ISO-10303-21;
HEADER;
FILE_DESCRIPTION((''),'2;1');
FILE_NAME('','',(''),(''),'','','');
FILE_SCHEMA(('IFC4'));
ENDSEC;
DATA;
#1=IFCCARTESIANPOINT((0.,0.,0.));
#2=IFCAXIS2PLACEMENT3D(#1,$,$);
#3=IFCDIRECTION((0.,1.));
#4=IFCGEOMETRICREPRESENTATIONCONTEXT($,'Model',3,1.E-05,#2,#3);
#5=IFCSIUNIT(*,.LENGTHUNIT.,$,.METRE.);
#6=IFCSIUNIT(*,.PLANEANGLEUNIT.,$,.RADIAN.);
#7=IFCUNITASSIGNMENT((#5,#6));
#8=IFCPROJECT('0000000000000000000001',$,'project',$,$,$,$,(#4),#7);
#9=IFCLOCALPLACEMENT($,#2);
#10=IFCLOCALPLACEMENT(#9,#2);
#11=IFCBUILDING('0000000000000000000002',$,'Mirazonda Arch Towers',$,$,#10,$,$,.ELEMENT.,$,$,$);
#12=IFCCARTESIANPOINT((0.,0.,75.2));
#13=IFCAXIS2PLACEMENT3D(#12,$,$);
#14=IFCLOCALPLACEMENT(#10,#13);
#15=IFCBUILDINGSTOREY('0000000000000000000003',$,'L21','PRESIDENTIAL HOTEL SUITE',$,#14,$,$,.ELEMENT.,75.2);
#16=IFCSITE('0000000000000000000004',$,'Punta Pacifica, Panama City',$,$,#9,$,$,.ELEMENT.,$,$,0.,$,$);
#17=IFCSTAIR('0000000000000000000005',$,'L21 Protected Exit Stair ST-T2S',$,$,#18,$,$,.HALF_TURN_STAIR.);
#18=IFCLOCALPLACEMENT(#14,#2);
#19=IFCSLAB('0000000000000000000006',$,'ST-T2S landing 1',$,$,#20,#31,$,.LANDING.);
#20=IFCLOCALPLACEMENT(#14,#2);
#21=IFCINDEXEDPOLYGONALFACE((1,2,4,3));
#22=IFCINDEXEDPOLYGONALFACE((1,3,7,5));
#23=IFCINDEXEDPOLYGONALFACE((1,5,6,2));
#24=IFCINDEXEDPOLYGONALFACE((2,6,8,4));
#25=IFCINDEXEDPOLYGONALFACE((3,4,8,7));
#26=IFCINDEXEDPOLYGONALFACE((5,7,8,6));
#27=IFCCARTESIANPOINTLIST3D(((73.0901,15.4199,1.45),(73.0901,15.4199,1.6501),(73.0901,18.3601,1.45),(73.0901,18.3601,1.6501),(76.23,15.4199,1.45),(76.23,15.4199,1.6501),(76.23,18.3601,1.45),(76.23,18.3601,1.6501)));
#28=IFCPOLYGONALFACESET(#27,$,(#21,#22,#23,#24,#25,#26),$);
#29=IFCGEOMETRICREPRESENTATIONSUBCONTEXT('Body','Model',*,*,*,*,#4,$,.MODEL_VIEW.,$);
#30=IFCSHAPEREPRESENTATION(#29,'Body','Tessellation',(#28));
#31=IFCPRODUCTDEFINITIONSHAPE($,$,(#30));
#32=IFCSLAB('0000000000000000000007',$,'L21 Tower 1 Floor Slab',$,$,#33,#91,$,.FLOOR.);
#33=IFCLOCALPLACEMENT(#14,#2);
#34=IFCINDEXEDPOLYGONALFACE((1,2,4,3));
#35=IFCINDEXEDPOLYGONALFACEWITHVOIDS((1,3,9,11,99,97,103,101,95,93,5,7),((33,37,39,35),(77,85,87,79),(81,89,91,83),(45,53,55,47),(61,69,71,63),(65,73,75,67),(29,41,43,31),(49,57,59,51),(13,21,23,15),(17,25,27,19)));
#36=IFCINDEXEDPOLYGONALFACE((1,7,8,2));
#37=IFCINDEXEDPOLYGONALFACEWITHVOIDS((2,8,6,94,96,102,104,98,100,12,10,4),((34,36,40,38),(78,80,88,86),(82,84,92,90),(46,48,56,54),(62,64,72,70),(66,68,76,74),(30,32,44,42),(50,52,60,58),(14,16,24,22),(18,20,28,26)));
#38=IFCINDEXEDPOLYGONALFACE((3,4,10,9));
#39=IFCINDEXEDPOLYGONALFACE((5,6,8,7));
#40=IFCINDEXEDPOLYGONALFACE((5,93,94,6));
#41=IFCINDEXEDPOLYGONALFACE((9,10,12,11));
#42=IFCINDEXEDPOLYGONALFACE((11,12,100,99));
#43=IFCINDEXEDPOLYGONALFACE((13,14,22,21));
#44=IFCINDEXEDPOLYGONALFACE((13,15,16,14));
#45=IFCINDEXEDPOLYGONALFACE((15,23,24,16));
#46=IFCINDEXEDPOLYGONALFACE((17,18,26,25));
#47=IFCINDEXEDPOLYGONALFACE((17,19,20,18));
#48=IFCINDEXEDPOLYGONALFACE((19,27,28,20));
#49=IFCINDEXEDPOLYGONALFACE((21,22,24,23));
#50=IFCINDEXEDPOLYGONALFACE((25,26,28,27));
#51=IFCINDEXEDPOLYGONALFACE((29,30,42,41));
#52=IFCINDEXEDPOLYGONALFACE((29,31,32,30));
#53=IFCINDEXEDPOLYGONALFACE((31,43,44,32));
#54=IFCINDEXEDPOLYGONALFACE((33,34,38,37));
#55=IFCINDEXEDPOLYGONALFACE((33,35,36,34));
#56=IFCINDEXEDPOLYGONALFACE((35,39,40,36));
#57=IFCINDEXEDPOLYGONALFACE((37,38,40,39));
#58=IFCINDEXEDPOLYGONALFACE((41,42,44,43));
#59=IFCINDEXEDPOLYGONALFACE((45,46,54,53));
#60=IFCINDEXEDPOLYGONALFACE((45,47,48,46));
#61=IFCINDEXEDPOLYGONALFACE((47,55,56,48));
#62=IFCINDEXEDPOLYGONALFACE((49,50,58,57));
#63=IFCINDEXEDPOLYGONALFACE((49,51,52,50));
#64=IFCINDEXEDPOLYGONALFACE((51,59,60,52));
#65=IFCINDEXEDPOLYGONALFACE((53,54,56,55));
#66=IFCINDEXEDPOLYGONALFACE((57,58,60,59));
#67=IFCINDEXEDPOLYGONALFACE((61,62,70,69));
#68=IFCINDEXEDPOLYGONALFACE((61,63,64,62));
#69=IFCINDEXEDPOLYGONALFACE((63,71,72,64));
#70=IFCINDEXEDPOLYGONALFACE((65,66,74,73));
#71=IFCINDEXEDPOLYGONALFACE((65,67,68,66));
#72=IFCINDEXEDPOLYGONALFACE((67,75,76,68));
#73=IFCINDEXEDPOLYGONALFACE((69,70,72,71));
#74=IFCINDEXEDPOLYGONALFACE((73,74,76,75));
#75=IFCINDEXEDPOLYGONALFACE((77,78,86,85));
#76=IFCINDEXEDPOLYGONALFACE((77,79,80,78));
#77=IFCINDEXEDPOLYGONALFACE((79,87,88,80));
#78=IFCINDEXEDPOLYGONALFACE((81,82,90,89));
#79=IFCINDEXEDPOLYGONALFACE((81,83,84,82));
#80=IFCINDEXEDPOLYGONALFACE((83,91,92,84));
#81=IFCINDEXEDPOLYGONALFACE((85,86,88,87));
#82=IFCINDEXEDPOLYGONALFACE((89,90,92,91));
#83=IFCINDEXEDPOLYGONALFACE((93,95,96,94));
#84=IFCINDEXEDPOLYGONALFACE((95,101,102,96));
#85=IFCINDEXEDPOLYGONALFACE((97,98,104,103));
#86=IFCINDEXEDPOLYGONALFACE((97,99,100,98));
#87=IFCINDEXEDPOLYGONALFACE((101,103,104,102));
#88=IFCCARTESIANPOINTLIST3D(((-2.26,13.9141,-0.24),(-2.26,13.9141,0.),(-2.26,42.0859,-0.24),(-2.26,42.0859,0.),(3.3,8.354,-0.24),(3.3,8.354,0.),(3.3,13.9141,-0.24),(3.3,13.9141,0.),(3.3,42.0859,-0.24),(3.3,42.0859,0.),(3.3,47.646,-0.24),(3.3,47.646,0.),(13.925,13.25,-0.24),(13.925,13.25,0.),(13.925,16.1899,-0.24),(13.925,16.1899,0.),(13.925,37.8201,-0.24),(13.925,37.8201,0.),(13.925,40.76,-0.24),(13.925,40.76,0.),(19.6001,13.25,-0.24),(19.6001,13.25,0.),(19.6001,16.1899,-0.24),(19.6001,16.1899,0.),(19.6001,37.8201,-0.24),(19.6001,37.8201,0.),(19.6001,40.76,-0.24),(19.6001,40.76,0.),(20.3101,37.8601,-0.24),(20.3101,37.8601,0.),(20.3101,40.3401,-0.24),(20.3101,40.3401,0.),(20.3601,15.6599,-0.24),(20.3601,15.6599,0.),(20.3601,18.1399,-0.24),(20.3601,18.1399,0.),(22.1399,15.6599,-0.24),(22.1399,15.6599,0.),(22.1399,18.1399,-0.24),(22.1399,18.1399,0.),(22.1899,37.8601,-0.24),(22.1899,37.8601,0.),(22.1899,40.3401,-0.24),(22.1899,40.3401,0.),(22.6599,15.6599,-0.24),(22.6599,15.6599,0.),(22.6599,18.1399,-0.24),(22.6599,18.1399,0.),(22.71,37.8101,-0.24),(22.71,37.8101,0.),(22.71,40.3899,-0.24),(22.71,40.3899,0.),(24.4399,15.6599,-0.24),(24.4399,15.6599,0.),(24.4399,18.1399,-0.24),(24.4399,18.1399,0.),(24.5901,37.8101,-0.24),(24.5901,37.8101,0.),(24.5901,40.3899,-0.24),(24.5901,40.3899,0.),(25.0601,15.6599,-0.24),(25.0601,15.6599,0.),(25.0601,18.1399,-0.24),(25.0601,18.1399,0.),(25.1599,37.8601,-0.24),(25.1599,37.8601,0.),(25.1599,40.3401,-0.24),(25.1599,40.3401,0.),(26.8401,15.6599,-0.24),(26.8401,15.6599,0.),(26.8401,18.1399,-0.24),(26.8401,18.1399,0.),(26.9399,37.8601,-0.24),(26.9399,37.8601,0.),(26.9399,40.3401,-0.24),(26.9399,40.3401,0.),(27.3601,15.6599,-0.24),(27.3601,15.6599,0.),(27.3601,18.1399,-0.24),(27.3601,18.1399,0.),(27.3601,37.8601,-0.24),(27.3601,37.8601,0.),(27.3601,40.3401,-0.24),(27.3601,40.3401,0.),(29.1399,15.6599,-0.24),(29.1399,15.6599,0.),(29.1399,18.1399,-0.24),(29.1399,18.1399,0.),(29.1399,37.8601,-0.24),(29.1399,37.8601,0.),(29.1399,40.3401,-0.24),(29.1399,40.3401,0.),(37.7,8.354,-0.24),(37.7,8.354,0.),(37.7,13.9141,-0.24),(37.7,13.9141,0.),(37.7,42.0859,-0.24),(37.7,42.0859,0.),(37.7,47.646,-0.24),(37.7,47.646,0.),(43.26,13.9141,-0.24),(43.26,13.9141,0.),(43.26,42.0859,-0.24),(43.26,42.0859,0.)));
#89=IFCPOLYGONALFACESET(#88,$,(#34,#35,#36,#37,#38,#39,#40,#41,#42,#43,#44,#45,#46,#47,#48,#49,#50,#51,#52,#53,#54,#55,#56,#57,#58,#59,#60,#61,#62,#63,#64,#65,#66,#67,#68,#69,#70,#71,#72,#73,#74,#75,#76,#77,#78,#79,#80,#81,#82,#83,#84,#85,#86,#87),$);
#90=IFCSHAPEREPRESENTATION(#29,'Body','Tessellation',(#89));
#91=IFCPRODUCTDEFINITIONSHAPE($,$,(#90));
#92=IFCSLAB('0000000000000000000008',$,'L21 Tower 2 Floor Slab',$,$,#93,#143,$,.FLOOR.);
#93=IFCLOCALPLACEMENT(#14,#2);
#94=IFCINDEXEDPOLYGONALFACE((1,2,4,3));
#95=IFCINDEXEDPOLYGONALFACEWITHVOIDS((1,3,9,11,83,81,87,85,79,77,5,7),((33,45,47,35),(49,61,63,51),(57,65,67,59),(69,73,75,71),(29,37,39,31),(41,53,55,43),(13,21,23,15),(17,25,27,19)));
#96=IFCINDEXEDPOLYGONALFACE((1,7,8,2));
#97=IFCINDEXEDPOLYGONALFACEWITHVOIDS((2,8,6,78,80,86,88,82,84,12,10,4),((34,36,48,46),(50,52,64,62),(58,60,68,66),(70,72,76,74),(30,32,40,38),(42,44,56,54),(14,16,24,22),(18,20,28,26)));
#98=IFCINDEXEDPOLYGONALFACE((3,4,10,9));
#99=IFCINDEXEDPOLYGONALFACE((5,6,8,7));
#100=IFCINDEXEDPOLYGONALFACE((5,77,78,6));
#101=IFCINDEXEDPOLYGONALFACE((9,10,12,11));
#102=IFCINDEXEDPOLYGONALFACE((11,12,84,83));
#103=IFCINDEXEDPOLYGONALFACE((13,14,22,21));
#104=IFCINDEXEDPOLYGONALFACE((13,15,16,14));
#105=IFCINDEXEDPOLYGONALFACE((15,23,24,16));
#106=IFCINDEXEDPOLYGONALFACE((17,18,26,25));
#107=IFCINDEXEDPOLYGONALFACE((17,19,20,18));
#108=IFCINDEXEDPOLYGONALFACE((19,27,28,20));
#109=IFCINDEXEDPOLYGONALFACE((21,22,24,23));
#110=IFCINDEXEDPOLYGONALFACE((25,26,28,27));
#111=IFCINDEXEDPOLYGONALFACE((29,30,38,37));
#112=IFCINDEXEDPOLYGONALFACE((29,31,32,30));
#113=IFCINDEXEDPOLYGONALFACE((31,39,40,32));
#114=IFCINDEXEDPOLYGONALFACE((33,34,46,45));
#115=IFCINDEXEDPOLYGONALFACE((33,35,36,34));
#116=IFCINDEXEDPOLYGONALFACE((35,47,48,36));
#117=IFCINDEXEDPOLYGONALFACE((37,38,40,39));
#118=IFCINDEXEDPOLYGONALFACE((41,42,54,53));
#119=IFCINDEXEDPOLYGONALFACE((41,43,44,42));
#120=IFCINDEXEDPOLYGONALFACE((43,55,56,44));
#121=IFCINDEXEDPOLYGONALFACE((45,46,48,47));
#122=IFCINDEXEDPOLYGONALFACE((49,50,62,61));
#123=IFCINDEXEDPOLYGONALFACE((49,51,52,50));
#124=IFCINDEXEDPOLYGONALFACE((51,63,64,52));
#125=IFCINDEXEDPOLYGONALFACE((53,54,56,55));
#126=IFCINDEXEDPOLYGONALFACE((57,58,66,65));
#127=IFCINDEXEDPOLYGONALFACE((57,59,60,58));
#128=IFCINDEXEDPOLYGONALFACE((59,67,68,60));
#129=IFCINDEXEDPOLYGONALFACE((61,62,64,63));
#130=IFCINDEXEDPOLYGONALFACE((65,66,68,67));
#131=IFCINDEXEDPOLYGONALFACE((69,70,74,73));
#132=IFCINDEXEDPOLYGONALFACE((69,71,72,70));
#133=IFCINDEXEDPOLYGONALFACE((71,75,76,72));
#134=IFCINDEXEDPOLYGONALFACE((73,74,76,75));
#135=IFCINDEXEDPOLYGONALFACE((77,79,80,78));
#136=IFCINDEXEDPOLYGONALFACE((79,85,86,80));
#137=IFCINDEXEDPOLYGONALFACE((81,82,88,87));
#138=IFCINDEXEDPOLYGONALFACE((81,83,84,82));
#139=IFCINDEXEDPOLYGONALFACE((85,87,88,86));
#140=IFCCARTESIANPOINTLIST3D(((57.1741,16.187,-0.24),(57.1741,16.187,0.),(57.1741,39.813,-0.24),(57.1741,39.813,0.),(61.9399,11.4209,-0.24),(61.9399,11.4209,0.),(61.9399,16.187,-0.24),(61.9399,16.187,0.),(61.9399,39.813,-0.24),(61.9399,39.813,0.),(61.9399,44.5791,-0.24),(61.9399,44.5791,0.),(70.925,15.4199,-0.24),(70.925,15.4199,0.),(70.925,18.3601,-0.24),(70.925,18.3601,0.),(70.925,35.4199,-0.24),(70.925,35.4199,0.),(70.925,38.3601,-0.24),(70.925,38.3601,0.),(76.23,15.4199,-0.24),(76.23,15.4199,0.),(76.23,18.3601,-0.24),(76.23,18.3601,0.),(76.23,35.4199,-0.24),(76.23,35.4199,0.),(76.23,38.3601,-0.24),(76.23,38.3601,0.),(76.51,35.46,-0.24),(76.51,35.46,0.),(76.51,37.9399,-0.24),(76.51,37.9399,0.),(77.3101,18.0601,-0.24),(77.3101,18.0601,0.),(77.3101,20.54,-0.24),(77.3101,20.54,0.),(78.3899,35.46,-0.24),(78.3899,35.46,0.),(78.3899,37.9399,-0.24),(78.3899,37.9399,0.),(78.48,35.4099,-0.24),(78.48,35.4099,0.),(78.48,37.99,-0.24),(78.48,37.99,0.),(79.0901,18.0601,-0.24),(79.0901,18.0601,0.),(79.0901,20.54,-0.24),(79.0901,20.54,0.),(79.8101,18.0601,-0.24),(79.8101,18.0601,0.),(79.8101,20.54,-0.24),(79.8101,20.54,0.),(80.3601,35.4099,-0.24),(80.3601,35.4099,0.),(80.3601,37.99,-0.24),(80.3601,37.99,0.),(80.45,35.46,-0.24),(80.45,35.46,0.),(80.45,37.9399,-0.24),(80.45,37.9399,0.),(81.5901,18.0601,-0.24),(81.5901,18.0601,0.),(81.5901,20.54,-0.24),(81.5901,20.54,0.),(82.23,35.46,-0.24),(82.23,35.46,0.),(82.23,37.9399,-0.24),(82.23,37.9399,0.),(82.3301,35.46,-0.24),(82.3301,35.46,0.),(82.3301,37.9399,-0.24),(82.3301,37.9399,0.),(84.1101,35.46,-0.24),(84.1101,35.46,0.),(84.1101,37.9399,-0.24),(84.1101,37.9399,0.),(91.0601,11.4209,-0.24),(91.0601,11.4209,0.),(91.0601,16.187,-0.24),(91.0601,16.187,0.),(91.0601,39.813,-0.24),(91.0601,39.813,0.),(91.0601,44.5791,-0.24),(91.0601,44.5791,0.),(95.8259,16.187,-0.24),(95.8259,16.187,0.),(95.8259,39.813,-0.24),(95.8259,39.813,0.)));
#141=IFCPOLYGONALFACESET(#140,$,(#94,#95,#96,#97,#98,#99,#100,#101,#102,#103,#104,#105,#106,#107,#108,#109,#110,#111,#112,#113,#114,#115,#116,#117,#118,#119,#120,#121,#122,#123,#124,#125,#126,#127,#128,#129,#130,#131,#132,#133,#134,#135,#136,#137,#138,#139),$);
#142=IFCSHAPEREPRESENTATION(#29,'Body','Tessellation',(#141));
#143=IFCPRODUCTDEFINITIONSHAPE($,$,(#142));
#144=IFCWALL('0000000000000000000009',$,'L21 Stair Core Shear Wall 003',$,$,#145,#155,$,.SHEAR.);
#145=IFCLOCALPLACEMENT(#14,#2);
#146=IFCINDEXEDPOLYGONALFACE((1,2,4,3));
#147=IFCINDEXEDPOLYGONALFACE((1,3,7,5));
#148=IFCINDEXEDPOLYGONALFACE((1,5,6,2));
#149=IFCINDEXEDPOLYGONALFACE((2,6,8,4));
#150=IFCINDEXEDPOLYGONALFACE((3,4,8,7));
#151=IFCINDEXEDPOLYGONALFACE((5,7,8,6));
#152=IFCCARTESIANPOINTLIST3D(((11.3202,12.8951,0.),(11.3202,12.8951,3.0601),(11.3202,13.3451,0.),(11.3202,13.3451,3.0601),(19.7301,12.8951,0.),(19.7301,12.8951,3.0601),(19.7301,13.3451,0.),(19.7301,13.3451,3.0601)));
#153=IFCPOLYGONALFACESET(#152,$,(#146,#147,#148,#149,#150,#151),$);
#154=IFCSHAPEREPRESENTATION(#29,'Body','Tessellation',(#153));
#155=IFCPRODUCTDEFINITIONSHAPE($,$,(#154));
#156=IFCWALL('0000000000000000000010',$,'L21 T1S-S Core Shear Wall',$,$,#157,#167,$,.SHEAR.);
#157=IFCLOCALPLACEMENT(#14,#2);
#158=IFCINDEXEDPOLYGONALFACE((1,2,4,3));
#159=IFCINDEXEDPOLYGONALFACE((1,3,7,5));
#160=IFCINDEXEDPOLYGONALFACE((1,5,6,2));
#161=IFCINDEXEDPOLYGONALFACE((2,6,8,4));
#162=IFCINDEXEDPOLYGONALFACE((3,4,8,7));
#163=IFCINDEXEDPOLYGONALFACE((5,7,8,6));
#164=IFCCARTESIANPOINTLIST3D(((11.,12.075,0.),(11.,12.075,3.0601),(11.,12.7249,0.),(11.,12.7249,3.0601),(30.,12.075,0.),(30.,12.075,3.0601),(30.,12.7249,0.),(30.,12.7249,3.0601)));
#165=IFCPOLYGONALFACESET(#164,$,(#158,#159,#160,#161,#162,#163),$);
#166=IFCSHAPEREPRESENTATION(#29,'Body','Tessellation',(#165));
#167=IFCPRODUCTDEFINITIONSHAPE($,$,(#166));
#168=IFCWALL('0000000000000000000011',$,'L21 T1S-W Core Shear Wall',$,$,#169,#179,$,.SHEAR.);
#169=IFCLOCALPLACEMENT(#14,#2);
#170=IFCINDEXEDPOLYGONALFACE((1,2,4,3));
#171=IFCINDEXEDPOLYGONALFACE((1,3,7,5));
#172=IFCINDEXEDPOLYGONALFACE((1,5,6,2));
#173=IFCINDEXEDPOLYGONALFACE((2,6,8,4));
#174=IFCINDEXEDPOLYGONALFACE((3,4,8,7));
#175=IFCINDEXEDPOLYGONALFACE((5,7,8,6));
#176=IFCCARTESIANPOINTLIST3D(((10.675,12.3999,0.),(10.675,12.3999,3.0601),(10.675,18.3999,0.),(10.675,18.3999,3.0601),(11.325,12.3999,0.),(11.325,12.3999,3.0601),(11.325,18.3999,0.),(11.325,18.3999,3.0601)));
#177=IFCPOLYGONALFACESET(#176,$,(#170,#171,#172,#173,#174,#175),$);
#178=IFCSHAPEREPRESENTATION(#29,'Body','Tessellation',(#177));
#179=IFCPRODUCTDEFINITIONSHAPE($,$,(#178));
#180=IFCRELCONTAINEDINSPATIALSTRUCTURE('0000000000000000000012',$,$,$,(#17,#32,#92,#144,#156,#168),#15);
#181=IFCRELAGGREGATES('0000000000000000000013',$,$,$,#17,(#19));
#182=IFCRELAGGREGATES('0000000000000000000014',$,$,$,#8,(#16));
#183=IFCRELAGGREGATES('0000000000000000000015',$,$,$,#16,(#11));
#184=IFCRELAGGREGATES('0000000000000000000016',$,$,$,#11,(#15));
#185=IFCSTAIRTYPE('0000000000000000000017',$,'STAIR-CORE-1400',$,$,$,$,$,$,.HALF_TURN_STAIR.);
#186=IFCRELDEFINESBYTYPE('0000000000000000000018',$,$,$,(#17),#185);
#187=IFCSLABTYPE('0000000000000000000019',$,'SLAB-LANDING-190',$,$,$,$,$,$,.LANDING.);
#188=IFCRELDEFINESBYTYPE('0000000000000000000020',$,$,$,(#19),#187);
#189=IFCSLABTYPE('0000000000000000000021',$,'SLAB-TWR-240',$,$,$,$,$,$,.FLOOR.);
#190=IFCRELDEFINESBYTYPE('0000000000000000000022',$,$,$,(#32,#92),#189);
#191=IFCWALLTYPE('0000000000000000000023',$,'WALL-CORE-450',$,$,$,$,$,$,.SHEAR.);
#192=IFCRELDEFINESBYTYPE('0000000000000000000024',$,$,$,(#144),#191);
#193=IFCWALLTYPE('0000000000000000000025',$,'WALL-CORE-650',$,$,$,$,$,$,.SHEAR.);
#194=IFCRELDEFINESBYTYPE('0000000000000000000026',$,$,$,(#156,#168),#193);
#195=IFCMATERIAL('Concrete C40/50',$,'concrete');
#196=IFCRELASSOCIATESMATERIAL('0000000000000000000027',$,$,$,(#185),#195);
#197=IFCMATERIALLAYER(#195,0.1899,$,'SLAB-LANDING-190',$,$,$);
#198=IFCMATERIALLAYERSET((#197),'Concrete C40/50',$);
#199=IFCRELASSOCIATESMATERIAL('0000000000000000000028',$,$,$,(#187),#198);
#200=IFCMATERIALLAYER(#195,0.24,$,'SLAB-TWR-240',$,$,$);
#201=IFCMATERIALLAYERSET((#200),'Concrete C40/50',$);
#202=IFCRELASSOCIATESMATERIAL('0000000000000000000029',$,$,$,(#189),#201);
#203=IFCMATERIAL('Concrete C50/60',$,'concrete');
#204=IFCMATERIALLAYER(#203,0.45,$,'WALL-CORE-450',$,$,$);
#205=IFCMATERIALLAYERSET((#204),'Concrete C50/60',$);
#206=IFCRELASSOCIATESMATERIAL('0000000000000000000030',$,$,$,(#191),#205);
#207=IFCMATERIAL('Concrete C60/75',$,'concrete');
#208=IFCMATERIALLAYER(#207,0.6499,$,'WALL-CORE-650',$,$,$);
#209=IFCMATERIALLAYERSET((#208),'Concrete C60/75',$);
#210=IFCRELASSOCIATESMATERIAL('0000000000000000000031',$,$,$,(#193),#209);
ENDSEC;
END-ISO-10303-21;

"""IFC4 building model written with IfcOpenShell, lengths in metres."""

from ifc_helpers import new_model, si_unit, direction, frame, frame_2d, origin, place, context, subcontext, project, spatial, polyline, rectangle, outline, extrude, material, layer, layer_set, type_object, element, aggregate, save


model = new_model("IFC4")

# Units and contexts
model_context = context("Model", 3, precision=1e-05, world=origin(), true_north=direction((0.0, 1.0)))
body_context = subcontext(model_context, "Body", "Model", "MODEL_VIEW")
ifc_project = project(units=[si_unit("LENGTHUNIT", "METRE"), si_unit("PLANEANGLEUNIT", "RADIAN")], contexts=[model_context])

# Site, building, storey
site_placement = place(None, origin())
site = spatial("IfcSite", under=ifc_project, at=site_placement, Name="Punta Pacifica, Panama City", CompositionType="ELEMENT", RefElevation=0.0)
building_placement = place(site_placement, origin())
building = spatial("IfcBuilding", under=site, at=building_placement, Name="Mirazonda Arch Towers", CompositionType="ELEMENT")
storey_placement = place(building_placement, frame((0.0, 0.0, 75.2)))
storey = spatial("IfcBuildingStorey", under=building, at=storey_placement, Name="L21", Description="PRESIDENTIAL HOTEL SUITE", CompositionType="ELEMENT", Elevation=75.2)

# Shared definitions
ifc_material_1 = material(Name="Concrete C60/75", Category="concrete")

# Stair, slab
ifc_material_2 = material(Name="Concrete C40/50", Category="concrete")
stair_type = type_object("IfcStairType", Name="STAIR-CORE-1400", PredefinedType="HALF_TURN_STAIR", material=ifc_material_2)
ifc_layer_1 = layer(ifc_material_2, 0.1899, Name="SLAB-LANDING-190")
ifc_layer_set_1 = layer_set([ifc_layer_1], Name="Concrete C40/50")
slab_type_1 = type_object("IfcSlabType", Name="SLAB-LANDING-190", PredefinedType="LANDING", material=ifc_layer_set_1)
stair_1_placement = place(storey_placement, origin())
stair_1 = element("IfcStair", 1, at=stair_1_placement, inside=storey, type_object=stair_type, Name="L21 Protected Exit Stair ST-T2S", PredefinedType="HALF_TURN_STAIR")
slab_1_placement = place(storey_placement, frame((0.0, 0.0, 1.45)))
slab_1 = element("IfcSlab", 2, at=slab_1_placement, type_object=slab_type_1, Name="ST-T2S landing 1", PredefinedType="LANDING", context=body_context, shape_type="SweptSolid", body=[
    extrude(outline(polyline([(73.0901, 15.4199), (76.23, 15.4199), (76.23, 18.3601), (73.0901, 18.3601), (73.0901, 15.4199)])), origin(), (0.0, 0.0, 1.0), 0.2002),
])
aggregate(stair_1, [slab_1])

# Slabs
ifc_layer_2 = layer(ifc_material_2, 0.24, Name="SLAB-TWR-240")
ifc_layer_set_2 = layer_set([ifc_layer_2], Name="Concrete C40/50")
slab_type_2 = type_object("IfcSlabType", Name="SLAB-TWR-240", PredefinedType="FLOOR", material=ifc_layer_set_2)
slab_2_placement = place(storey_placement, frame((0.0, 0.0, -0.24)))
element("IfcSlab", 3, at=slab_2_placement, inside=storey, type_object=slab_type_2, Name="L21 Tower 1 Floor Slab", PredefinedType="FLOOR", context=body_context, shape_type="SweptSolid", body=[
    extrude(outline(polyline([(3.3, 8.354), (37.7, 8.354), (37.7, 13.9141), (43.26, 13.9141), (43.26, 42.0859), (37.7, 42.0859), (37.7, 47.646), (3.3, 47.646), (3.3, 42.0859), (-2.26, 42.0859), (-2.26, 13.9141), (3.3, 13.9141), (3.3, 8.354)]), holes=[polyline([(29.1399, 18.1399), (29.1399, 15.6599), (27.3601, 15.6599), (27.3601, 18.1399), (29.1399, 18.1399)]), polyline([(29.1399, 40.3401), (29.1399, 37.8601), (27.3601, 37.8601), (27.3601, 40.3401), (29.1399, 40.3401)]), polyline([(25.1599, 40.3401), (26.9399, 40.3401), (26.9399, 37.8601), (25.1599, 37.8601), (25.1599, 40.3401)]), polyline([(26.8401, 18.1399), (26.8401, 15.6599), (25.0601, 15.6599), (25.0601, 18.1399), (26.8401, 18.1399)]), polyline([(22.71, 40.3899), (24.5901, 40.3899), (24.5901, 37.8101), (22.71, 37.8101), (22.71, 40.3899)]), polyline([(22.6599, 18.1399), (24.4399, 18.1399), (24.4399, 15.6599), (22.6599, 15.6599), (22.6599, 18.1399)]), polyline([(20.3101, 40.3401), (22.1899, 40.3401), (22.1899, 37.8601), (20.3101, 37.8601), (20.3101, 40.3401)]), polyline([(20.3601, 18.1399), (22.1399, 18.1399), (22.1399, 15.6599), (20.3601, 15.6599), (20.3601, 18.1399)]), polyline([(13.925, 40.76), (19.6001, 40.76), (19.6001, 37.8201), (13.925, 37.8201), (13.925, 40.76)]), polyline([(13.925, 13.25), (13.925, 16.1899), (19.6001, 16.1899), (19.6001, 13.25), (13.925, 13.25)])]), origin(), (0.0, 0.0, 1.0), 0.24),
])
slab_3_placement = place(storey_placement, frame((0.0, 0.0, -0.24)))
element("IfcSlab", 4, at=slab_3_placement, inside=storey, type_object=slab_type_2, Name="L21 Tower 2 Floor Slab", PredefinedType="FLOOR", context=body_context, shape_type="SweptSolid", body=[
    extrude(outline(polyline([(61.9399, 11.4209), (91.0601, 11.4209), (91.0601, 16.187), (95.8259, 16.187), (95.8259, 39.813), (91.0601, 39.813), (91.0601, 44.5791), (61.9399, 44.5791), (61.9399, 39.813), (57.1741, 39.813), (57.1741, 16.187), (61.9399, 16.187), (61.9399, 11.4209)]), holes=[polyline([(82.3301, 37.9399), (84.1101, 37.9399), (84.1101, 35.46), (82.3301, 35.46), (82.3301, 37.9399)]), polyline([(80.45, 37.9399), (82.23, 37.9399), (82.23, 35.46), (80.45, 35.46), (80.45, 37.9399)]), polyline([(79.8101, 20.54), (81.5901, 20.54), (81.5901, 18.0601), (79.8101, 18.0601), (79.8101, 20.54)]), polyline([(78.48, 37.99), (80.3601, 37.99), (80.3601, 35.4099), (78.48, 35.4099), (78.48, 37.99)]), polyline([(77.3101, 20.54), (79.0901, 20.54), (79.0901, 18.0601), (77.3101, 18.0601), (77.3101, 20.54)]), polyline([(76.51, 37.9399), (78.3899, 37.9399), (78.3899, 35.46), (76.51, 35.46), (76.51, 37.9399)]), polyline([(70.925, 15.4199), (70.925, 18.3601), (76.23, 18.3601), (76.23, 15.4199), (70.925, 15.4199)]), polyline([(70.925, 35.4199), (70.925, 38.3601), (76.23, 38.3601), (76.23, 35.4199), (70.925, 35.4199)])]), origin(), (0.0, 0.0, 1.0), 0.24),
])

# Walls
ifc_material_3 = material(Name="Concrete C50/60", Category="concrete")
ifc_layer_3 = layer(ifc_material_3, 0.45, Name="WALL-CORE-450")
ifc_layer_set_3 = layer_set([ifc_layer_3], Name="Concrete C50/60")
wall_type_1 = type_object("IfcWallType", Name="WALL-CORE-450", PredefinedType="SHEAR", material=ifc_layer_set_3)
wall_1_placement = place(storey_placement, frame((11.3201, 13.1201, 0.0), z_axis=(0.0, 0.0, 1.0), x_axis=(1.0, 0.0, 0.0)))
element("IfcWall", 5, at=wall_1_placement, inside=storey, type_object=wall_type_1, Name="L21 Stair Core Shear Wall 003", PredefinedType="SHEAR", context=body_context, shape_type="SweptSolid", body=[
    extrude(rectangle(XDim=8.4099, YDim=0.45, at=frame_2d((4.2051, 0.0))), origin(), (0.0, 0.0, 1.0), 3.0601),
])
ifc_layer_4 = layer(ifc_material_1, 0.6499, Name="WALL-CORE-650")
ifc_layer_set_4 = layer_set([ifc_layer_4], Name="Concrete C60/75")
wall_type_2 = type_object("IfcWallType", Name="WALL-CORE-650", PredefinedType="SHEAR", material=ifc_layer_set_4)
wall_2_placement = place(storey_placement, frame((11.0, 12.3999, 0.0), z_axis=(0.0, 0.0, 1.0), x_axis=(1.0, 0.0, 0.0)))
element("IfcWall", 6, at=wall_2_placement, inside=storey, type_object=wall_type_2, Name="L21 T1S-S Core Shear Wall", PredefinedType="SHEAR", context=body_context, shape_type="SweptSolid", body=[
    extrude(rectangle(XDim=19.0, YDim=0.6499, at=frame_2d((9.5, 0.0))), origin(), (0.0, 0.0, 1.0), 3.0601),
])
wall_3_placement = place(storey_placement, frame((11.0, 12.3999, 0.0), z_axis=(0.0, 0.0, 1.0), x_axis=(0.0, 1.0, 0.0)))
element("IfcWall", 7, at=wall_3_placement, inside=storey, type_object=wall_type_2, Name="L21 T1S-W Core Shear Wall", PredefinedType="SHEAR", context=body_context, shape_type="SweptSolid", body=[
    extrude(rectangle(XDim=6.0, YDim=0.6499, at=frame_2d((3.0, 0.0))), origin(), (0.0, 0.0, 1.0), 3.0601),
])

save(model, "model.ifc")
